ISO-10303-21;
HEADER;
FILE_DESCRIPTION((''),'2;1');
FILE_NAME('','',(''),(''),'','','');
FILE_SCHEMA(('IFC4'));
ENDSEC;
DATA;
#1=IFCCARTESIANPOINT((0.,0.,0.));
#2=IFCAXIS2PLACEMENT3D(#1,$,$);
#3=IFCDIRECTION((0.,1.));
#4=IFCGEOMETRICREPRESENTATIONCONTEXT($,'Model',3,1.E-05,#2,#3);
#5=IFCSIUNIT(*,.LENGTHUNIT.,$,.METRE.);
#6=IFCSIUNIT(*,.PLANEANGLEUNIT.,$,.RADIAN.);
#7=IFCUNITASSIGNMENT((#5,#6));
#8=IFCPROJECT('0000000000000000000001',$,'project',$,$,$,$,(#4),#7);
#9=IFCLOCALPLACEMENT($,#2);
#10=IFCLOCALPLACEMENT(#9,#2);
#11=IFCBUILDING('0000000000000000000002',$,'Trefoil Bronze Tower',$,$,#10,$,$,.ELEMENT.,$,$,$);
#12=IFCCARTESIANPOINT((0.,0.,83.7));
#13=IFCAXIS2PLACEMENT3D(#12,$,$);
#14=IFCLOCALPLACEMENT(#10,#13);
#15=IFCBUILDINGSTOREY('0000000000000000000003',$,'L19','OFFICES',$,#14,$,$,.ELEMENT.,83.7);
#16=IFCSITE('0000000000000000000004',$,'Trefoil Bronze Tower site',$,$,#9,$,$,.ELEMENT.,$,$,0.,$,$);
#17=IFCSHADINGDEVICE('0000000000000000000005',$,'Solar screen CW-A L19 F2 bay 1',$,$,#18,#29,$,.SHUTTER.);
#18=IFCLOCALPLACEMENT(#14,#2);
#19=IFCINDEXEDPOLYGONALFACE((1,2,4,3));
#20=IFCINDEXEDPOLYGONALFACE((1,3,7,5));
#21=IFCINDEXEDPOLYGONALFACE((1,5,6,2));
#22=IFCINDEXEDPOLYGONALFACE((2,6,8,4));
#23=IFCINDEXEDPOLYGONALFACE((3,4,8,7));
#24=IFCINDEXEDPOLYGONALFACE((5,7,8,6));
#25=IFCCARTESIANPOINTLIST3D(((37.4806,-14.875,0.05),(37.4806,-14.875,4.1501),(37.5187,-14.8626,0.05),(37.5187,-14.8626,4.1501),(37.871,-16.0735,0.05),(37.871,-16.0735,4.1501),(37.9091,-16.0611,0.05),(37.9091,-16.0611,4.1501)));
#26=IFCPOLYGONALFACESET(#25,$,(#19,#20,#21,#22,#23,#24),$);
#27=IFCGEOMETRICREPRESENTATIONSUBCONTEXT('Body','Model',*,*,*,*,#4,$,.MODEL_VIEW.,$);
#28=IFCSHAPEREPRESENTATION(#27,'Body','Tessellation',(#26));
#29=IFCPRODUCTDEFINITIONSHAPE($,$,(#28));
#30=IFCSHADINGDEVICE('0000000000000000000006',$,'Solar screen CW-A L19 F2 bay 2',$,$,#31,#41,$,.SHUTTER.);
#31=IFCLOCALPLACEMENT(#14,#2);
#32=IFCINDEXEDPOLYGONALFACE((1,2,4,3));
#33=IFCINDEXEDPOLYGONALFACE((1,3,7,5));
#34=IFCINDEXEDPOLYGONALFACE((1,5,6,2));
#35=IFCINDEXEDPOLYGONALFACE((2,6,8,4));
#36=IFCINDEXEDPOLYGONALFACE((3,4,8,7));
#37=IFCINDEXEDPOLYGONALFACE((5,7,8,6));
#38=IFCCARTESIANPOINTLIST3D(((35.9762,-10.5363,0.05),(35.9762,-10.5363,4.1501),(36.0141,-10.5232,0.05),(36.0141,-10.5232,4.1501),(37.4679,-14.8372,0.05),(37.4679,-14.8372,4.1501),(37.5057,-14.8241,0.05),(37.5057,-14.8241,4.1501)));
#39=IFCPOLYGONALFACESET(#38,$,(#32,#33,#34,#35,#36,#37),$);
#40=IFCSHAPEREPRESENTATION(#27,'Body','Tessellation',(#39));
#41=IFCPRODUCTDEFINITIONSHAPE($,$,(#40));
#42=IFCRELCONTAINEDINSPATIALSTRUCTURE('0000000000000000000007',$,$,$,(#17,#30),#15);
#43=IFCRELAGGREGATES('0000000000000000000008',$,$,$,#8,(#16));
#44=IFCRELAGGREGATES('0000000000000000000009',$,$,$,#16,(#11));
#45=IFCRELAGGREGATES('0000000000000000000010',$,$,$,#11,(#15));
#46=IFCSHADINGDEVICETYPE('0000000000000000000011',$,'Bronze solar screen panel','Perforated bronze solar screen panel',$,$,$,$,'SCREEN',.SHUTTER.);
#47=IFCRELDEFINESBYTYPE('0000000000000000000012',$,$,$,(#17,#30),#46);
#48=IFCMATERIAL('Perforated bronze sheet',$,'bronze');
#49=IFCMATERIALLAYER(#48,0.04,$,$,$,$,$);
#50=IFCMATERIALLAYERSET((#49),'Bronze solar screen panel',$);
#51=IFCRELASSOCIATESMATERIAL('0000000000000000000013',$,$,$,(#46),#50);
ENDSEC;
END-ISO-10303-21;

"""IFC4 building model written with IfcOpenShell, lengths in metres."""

from ifc_helpers import new_model, si_unit, direction, frame, origin, origin_2d, place, context, subcontext, project, spatial, rectangle, extrude, material, layer, layer_set, type_object, element, save


model = new_model("IFC4")

# Units and contexts
model_context = context("Model", 3, precision=1e-05, world=origin(), true_north=direction((0.0, 1.0)))
body_context = subcontext(model_context, "Body", "Model", "MODEL_VIEW")
ifc_project = project(units=[si_unit("LENGTHUNIT", "METRE"), si_unit("PLANEANGLEUNIT", "RADIAN")], contexts=[model_context])

# Site, building, storey
site_placement = place(None, origin())
site = spatial("IfcSite", under=ifc_project, at=site_placement, Name="Trefoil Bronze Tower site", CompositionType="ELEMENT", RefElevation=0.0)
building_placement = place(site_placement, origin())
building = spatial("IfcBuilding", under=site, at=building_placement, Name="Trefoil Bronze Tower", CompositionType="ELEMENT")
storey_placement = place(building_placement, frame((0.0, 0.0, 83.7)))
storey = spatial("IfcBuildingStorey", under=building, at=storey_placement, Name="L19", Description="OFFICES", CompositionType="ELEMENT", Elevation=83.7)

# Shading devices
ifc_material_1 = material(Name="Perforated bronze sheet", Category="bronze")
ifc_layer_1 = layer(ifc_material_1, 0.04)
ifc_layer_set_1 = layer_set([ifc_layer_1], Name="Bronze solar screen panel")
shading_device_type = type_object("IfcShadingDeviceType", Name="Bronze solar screen panel", Description="Perforated bronze solar screen panel", ElementType="SCREEN", PredefinedType="SHUTTER", material=ifc_layer_set_1)
shading_device_1_placement = place(storey_placement, frame((37.6948, -15.468, 0.05), z_axis=(0.0, 0.0, 1.0), x_axis=(-0.309728, 0.950825, 0.0)))
element("IfcShadingDevice", 1, at=shading_device_1_placement, inside=storey, type_object=shading_device_type, Name="Solar screen CW-A L19 F2 bay 1", PredefinedType="SHUTTER", context=body_context, shape_type="SweptSolid", body=[
    extrude(rectangle(XDim=1.2605, YDim=0.04, at=origin_2d()), origin(), (0.0, 0.0, 1.0), 4.1001),
])
shading_device_2_placement = place(storey_placement, frame((36.741, -12.6802, 0.05), z_axis=(0.0, 0.0, 1.0), x_axis=(-0.327674, 0.944791, 0.0)))
element("IfcShadingDevice", 2, at=shading_device_2_placement, inside=storey, type_object=shading_device_type, Name="Solar screen CW-A L19 F2 bay 2", PredefinedType="SHUTTER", context=body_context, shape_type="SweptSolid", body=[
    extrude(rectangle(XDim=4.5522, YDim=0.04, at=origin_2d()), origin(), (0.0, 0.0, 1.0), 4.1001),
])

save(model, "model.ifc")
